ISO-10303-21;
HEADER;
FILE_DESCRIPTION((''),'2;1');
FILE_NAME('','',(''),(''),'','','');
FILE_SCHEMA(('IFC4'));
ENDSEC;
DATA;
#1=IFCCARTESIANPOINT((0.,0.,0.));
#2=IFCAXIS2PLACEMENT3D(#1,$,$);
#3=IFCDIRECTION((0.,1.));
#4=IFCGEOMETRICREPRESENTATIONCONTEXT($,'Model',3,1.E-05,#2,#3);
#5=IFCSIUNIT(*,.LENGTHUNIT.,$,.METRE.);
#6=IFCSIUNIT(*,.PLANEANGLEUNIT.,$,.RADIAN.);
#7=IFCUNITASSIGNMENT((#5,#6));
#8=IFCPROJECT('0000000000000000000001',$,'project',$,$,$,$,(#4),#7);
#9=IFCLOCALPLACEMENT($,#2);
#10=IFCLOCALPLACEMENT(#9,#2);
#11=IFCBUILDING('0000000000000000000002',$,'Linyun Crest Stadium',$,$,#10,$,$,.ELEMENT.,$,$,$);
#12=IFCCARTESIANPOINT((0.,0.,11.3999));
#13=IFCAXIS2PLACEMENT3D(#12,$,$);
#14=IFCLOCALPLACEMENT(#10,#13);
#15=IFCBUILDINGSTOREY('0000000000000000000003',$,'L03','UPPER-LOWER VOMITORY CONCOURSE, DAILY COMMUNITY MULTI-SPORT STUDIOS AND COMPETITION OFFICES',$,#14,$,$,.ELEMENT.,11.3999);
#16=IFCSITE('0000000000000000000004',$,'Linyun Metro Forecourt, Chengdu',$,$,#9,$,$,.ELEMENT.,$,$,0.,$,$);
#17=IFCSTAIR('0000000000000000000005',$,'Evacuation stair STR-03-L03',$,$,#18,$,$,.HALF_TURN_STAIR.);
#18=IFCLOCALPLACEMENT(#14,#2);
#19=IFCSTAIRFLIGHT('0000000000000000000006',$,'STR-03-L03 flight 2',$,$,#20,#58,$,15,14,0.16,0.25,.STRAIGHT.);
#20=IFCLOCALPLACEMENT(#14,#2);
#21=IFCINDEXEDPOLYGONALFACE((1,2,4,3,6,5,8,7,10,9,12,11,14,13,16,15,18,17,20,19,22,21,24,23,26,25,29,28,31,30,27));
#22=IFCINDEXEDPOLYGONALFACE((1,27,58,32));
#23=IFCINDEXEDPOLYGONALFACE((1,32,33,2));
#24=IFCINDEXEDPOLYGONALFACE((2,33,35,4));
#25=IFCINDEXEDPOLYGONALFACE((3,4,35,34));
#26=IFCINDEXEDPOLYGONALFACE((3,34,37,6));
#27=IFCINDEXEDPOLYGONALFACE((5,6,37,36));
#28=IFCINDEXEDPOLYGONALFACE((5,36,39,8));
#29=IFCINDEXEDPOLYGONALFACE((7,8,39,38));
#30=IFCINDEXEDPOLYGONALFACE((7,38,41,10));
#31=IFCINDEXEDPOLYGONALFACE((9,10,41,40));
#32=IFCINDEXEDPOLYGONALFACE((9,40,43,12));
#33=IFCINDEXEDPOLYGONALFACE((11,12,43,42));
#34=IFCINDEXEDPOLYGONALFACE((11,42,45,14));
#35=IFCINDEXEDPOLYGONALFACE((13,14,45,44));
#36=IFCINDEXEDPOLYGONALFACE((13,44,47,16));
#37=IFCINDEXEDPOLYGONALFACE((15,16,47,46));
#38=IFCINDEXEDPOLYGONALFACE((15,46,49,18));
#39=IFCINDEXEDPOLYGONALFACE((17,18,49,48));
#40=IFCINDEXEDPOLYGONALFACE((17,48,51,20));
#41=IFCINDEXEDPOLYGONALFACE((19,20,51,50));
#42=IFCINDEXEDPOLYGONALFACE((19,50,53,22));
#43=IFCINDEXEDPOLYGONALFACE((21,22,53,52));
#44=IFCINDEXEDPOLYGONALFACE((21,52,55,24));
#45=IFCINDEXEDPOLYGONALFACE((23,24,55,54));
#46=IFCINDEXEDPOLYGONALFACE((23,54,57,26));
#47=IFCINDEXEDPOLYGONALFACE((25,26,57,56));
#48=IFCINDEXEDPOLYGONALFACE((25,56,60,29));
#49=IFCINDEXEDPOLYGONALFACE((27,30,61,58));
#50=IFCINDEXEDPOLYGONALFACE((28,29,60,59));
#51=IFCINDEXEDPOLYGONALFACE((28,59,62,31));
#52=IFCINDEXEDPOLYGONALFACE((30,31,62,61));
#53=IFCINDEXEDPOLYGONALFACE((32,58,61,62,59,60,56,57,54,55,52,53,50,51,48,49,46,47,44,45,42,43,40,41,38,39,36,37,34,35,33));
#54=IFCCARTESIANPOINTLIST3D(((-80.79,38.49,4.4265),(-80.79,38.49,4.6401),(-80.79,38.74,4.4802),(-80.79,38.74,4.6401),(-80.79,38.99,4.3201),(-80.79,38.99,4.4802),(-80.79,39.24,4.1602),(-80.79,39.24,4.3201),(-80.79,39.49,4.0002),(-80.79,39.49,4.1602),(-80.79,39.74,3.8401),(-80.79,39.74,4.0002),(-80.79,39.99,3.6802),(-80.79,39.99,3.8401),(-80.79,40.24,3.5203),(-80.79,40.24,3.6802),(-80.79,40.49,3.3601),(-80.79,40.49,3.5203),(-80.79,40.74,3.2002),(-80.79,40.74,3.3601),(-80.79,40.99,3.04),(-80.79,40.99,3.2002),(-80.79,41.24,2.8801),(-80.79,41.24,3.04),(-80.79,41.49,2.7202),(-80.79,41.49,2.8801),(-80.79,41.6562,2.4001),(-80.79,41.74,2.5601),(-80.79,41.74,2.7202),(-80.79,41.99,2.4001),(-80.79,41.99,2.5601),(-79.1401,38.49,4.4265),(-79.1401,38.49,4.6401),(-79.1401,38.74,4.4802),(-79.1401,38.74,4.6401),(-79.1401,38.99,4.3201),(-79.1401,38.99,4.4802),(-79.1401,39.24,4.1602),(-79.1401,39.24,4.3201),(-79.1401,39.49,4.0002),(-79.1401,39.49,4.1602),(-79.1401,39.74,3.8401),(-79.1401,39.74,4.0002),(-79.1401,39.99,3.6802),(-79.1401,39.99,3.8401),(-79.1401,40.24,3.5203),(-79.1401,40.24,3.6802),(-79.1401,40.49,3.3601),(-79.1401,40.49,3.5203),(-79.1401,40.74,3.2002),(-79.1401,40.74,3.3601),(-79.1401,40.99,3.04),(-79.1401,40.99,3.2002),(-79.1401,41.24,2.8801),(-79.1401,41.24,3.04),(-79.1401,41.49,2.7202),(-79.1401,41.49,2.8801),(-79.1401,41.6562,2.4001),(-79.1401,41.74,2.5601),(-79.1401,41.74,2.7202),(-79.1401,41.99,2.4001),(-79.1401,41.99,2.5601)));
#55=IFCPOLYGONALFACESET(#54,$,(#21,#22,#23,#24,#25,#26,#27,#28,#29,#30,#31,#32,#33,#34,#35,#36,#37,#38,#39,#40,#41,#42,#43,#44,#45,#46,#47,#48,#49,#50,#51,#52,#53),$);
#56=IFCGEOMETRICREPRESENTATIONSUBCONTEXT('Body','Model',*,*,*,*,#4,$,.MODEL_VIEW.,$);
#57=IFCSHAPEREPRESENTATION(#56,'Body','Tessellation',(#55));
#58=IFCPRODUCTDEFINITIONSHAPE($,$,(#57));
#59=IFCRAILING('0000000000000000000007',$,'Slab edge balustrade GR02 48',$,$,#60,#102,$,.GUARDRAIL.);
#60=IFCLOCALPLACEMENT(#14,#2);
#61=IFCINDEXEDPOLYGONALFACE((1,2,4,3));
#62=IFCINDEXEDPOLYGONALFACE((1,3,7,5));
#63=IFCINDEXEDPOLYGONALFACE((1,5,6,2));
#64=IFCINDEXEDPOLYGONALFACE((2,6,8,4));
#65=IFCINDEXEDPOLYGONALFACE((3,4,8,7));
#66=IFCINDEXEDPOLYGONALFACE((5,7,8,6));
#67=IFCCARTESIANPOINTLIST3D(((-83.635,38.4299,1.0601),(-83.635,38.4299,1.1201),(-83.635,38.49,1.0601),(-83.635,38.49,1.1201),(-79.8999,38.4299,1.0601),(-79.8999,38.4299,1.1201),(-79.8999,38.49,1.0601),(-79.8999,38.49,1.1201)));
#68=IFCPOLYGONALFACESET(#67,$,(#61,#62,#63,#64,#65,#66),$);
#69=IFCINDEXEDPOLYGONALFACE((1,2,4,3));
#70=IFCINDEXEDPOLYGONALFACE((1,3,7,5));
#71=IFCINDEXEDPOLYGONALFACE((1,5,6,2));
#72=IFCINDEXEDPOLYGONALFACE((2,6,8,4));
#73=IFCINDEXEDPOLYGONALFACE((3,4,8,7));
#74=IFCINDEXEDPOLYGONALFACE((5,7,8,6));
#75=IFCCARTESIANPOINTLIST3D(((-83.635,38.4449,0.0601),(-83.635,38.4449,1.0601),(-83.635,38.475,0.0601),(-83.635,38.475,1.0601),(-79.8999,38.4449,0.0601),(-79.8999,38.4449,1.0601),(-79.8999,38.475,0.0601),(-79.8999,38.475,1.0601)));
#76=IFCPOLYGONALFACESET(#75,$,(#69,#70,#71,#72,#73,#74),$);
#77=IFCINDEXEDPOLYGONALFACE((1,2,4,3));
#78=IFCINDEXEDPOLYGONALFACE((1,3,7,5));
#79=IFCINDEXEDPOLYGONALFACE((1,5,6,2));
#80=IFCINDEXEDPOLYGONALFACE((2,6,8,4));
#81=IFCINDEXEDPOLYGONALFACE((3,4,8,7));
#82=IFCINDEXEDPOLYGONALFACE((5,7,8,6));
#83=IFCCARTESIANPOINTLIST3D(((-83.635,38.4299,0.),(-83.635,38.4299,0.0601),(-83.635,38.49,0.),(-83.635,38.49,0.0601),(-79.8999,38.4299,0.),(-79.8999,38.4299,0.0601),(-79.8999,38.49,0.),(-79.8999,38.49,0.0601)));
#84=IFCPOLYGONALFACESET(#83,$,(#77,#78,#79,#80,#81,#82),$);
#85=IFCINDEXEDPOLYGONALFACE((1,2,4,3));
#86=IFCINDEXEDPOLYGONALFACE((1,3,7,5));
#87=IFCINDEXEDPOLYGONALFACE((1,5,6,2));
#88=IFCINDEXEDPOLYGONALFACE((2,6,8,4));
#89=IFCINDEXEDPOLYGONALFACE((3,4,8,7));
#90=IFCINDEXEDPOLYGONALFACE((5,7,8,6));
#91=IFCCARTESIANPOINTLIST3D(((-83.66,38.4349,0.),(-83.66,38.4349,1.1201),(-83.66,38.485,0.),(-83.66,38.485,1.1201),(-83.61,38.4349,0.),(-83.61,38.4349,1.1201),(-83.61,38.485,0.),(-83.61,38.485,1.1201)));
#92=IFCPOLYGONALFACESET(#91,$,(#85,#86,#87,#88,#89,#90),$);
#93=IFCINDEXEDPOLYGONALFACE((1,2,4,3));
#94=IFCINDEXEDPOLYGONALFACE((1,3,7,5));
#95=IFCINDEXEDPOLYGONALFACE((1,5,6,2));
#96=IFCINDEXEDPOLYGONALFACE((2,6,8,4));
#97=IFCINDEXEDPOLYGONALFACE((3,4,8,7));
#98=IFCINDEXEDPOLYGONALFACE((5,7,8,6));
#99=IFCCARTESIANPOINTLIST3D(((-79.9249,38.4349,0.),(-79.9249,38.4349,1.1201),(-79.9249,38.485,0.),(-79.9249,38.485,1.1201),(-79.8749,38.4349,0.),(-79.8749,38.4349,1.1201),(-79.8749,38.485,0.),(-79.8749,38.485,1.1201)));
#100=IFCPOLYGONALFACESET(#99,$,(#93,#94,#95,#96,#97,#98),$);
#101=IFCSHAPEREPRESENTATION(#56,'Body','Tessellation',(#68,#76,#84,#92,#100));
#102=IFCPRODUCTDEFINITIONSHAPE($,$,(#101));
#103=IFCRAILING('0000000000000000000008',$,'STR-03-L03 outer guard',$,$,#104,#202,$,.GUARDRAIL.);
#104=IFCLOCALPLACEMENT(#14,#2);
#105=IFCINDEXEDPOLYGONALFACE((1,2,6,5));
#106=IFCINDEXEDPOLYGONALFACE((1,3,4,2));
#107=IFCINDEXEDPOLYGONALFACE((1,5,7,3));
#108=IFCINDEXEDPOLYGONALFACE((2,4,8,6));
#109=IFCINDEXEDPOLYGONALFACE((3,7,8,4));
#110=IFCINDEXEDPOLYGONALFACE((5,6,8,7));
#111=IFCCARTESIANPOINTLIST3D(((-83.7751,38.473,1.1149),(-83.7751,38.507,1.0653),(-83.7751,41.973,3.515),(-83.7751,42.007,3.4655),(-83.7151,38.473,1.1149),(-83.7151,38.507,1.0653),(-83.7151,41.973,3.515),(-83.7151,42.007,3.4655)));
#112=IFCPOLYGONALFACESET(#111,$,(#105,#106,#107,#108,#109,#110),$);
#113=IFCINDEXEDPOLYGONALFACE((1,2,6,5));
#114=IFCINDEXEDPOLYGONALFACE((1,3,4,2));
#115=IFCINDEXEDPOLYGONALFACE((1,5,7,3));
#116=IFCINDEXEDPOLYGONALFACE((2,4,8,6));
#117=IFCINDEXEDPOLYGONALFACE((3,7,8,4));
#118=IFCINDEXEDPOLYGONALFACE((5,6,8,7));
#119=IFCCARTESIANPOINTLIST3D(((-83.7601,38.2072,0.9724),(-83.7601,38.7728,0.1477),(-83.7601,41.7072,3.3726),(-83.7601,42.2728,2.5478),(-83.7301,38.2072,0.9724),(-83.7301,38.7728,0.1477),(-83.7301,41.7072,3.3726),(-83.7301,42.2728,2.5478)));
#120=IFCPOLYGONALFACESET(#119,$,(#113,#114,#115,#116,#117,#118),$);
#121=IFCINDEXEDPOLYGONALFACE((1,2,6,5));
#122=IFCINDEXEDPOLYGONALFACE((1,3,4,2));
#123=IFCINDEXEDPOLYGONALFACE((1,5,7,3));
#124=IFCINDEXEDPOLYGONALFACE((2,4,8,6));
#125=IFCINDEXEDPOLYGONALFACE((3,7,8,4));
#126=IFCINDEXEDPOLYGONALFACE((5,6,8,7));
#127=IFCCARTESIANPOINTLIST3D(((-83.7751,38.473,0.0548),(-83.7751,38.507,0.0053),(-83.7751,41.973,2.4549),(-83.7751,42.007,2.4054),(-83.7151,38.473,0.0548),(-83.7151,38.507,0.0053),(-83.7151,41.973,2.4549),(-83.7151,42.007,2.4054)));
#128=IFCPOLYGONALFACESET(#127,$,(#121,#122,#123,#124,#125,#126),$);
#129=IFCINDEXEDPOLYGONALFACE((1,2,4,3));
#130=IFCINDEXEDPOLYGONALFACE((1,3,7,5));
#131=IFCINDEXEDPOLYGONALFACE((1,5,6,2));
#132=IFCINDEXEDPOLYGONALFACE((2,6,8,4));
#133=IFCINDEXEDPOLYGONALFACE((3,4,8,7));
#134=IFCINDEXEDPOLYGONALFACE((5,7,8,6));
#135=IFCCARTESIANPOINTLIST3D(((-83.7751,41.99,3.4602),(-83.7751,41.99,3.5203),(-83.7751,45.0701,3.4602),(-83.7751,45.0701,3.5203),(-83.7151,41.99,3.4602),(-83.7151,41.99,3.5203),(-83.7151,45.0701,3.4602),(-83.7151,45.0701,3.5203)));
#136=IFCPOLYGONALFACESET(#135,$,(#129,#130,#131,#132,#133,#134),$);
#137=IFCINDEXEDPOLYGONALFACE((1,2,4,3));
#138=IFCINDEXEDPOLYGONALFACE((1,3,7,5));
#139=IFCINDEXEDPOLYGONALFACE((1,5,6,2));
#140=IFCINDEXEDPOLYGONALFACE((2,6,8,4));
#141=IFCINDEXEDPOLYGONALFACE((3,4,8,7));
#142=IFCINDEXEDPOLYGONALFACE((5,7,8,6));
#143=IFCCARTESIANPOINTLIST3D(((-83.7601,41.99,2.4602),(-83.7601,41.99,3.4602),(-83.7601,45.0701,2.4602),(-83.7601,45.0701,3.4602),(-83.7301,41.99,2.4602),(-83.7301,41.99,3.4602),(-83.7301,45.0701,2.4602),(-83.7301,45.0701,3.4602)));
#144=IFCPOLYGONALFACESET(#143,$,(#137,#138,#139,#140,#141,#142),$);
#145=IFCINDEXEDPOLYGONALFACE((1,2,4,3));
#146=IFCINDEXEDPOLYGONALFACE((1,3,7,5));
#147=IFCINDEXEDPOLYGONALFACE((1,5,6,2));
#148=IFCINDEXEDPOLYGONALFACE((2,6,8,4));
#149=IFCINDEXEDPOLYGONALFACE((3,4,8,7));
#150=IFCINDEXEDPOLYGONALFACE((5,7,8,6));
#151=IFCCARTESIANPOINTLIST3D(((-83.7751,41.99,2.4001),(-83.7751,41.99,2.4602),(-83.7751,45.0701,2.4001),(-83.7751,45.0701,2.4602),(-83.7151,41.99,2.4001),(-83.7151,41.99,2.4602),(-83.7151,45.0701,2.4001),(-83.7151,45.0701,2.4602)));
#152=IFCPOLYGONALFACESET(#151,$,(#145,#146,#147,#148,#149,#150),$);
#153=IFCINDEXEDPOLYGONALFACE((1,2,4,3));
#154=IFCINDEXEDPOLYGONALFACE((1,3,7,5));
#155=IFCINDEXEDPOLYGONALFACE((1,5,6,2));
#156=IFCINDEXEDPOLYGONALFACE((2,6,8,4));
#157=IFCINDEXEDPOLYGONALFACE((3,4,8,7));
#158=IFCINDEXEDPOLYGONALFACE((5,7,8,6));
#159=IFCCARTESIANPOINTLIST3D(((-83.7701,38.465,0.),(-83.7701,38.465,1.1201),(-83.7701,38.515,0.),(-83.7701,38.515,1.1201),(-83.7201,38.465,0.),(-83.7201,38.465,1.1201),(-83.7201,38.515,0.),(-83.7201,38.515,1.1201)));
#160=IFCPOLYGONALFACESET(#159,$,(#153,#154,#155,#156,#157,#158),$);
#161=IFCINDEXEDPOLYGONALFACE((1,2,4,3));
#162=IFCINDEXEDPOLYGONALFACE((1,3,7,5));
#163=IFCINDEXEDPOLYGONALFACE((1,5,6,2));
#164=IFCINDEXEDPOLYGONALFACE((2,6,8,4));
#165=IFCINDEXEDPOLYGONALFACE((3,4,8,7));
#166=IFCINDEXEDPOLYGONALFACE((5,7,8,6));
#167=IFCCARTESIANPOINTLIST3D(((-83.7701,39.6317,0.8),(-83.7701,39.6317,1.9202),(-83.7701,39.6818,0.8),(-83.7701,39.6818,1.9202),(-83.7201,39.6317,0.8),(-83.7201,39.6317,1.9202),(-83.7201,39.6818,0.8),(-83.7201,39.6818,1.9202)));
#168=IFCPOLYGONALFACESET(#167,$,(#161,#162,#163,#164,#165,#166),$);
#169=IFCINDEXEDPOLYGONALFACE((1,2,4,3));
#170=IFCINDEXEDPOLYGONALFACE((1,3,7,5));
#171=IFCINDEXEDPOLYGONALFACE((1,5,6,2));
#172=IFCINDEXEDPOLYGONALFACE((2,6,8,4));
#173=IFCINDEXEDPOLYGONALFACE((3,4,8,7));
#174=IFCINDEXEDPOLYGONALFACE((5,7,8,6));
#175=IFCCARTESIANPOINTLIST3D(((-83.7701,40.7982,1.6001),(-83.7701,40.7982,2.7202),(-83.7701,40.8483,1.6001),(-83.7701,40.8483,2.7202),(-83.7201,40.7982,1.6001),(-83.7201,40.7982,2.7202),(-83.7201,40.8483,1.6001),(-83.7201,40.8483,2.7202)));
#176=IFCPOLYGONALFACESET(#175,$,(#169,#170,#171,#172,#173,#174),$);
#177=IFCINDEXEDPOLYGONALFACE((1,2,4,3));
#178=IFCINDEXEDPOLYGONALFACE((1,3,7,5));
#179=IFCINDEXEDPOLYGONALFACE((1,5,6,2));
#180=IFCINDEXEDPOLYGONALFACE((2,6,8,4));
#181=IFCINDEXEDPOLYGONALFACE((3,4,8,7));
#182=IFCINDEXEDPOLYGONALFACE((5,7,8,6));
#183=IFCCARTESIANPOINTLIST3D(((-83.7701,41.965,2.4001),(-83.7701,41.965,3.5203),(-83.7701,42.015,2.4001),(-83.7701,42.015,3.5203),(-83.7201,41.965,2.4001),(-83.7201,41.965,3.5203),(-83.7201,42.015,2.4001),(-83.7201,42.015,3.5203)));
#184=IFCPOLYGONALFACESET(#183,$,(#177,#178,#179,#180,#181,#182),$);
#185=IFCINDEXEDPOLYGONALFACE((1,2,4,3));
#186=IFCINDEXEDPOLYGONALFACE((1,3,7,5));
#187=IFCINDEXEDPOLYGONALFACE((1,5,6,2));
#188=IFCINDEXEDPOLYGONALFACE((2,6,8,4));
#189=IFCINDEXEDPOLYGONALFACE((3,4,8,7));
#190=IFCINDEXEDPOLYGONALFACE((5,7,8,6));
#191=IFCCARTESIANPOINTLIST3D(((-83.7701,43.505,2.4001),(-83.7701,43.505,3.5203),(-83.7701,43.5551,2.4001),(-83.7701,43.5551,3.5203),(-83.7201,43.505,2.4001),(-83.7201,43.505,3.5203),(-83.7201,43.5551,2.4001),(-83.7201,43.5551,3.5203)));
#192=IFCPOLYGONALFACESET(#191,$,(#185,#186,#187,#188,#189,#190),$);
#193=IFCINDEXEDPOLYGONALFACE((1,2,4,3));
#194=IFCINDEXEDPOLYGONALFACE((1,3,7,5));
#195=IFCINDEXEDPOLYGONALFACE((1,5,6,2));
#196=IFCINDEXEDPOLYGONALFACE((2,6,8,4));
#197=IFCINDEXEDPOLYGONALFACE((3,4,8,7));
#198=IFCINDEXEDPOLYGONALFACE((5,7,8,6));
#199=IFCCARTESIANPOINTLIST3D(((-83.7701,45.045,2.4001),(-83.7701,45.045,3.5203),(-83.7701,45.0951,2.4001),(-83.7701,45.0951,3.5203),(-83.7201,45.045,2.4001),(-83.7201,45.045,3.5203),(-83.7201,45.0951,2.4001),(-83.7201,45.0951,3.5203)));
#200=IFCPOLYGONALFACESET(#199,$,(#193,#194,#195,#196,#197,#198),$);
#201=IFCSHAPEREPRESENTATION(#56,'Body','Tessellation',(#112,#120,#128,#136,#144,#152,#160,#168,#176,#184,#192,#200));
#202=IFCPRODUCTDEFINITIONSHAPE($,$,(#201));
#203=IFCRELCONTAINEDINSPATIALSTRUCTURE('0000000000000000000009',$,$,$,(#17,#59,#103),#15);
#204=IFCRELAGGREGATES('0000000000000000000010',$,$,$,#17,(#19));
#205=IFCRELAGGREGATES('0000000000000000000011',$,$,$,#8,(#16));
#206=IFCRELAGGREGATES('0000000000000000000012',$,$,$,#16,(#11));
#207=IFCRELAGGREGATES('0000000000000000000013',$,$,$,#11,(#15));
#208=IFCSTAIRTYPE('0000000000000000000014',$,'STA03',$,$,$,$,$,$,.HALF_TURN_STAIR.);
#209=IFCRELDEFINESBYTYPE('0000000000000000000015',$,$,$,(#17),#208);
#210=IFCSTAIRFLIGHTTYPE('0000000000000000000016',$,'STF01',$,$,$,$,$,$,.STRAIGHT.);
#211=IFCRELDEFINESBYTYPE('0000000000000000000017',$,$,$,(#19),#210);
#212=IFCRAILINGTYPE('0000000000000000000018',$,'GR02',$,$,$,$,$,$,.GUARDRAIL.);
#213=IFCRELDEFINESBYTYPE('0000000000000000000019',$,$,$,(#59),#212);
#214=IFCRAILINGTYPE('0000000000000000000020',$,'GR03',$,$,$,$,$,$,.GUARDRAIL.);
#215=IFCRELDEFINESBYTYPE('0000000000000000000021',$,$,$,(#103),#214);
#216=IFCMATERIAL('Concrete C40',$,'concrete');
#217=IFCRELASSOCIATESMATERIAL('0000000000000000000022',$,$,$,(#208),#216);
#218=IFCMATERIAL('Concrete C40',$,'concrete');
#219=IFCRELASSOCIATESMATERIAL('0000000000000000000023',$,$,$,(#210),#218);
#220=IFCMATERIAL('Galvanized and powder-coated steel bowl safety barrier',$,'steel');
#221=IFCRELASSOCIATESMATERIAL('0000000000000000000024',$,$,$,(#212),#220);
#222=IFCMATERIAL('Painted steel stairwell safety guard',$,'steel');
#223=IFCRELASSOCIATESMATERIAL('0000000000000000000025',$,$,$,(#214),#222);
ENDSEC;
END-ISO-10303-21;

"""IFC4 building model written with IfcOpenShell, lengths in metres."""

from ifc_helpers import new_model, si_unit, direction, frame, origin, origin_2d, place, context, subcontext, project, spatial, polyline, rectangle, outline, extrude, material, type_object, element, aggregate, save


model = new_model("IFC4")

# Units and contexts
model_context = context("Model", 3, precision=1e-05, world=origin(), true_north=direction((0.0, 1.0)))
body_context = subcontext(model_context, "Body", "Model", "MODEL_VIEW")
ifc_project = project(units=[si_unit("LENGTHUNIT", "METRE"), si_unit("PLANEANGLEUNIT", "RADIAN")], contexts=[model_context])

# Site, building, storey
site_placement = place(None, origin())
site = spatial("IfcSite", under=ifc_project, at=site_placement, Name="Linyun Metro Forecourt, Chengdu", CompositionType="ELEMENT", RefElevation=0.0)
building_placement = place(site_placement, origin())
building = spatial("IfcBuilding", under=site, at=building_placement, Name="Linyun Crest Stadium", CompositionType="ELEMENT")
storey_placement = place(building_placement, frame((0.0, 0.0, 11.3999)))
storey = spatial("IfcBuildingStorey", under=building, at=storey_placement, Name="L03", Description="UPPER-LOWER VOMITORY CONCOURSE, DAILY COMMUNITY MULTI-SPORT STUDIOS AND COMPETITION OFFICES", CompositionType="ELEMENT", Elevation=11.3999)

# Stair, stair flight
ifc_material_1 = material(Name="Concrete C40", Category="concrete")
stair_type = type_object("IfcStairType", Name="STA03", PredefinedType="HALF_TURN_STAIR", material=ifc_material_1)
stair_placement = place(storey_placement, origin())
stair = element("IfcStair", 1, at=stair_placement, inside=storey, type_object=stair_type, Name="Evacuation stair STR-03-L03", PredefinedType="HALF_TURN_STAIR")
ifc_material_2 = material(Name="Concrete C40", Category="concrete")
stair_flight_type = type_object("IfcStairFlightType", Name="STF01", PredefinedType="STRAIGHT", material=ifc_material_2)
stair_flight_1_placement = place(storey_placement, frame((-79.9651, 41.99, 2.4001), z_axis=(0.0, 0.0, 1.0), x_axis=(0.0, -1.0, 0.0)))
stair_flight_1 = element("IfcStairFlight", 2, at=stair_flight_1_placement, type_object=stair_flight_type, Name="STR-03-L03 flight 2", NumberOfRisers=15, NumberOfTreads=14, PredefinedType="STRAIGHT", RiserHeight=0.16, TreadLength=0.25, context=body_context, shape_type="SweptSolid", body=[
    extrude(outline(polyline([(0.0, 0.0), (0.0, 0.1599), (0.25, 0.1599), (0.25, 0.3201), (0.5, 0.3201), (0.5, 0.48), (0.75, 0.48), (0.75, 0.6399), (1.0, 0.6399), (1.0, 0.8), (1.25, 0.8), (1.25, 0.96), (1.5, 0.96), (1.5, 1.1201), (1.75, 1.1201), (1.75, 1.28), (2.0, 1.28), (2.0, 1.4399), (2.25, 1.4399), (2.25, 1.6001), (2.5, 1.6001), (2.5, 1.76), (2.75, 1.76), (2.75, 1.9199), (3.0, 1.9199), (3.0, 2.0801), (3.25, 2.0801), (3.25, 2.24), (3.5, 2.24), (3.5, 2.3999), (3.5, 2.0264), (0.3337, 0.0), (0.0, 0.0)])), frame((0.0, 0.825, 0.0), z_axis=(0.0, -1.0, 0.0), x_axis=(1.0, 0.0, 0.0)), (0.0, 0.0, 1.0), 1.6499),
])
aggregate(stair, [stair_flight_1])

# Railings
ifc_material_3 = material(Name="Galvanized and powder-coated steel bowl safety barrier", Category="steel")
railing_type_1 = type_object("IfcRailingType", Name="GR02", PredefinedType="GUARDRAIL", material=ifc_material_3)
railing_1_placement = place(storey_placement, frame((-83.635, 38.46, 0.0)))
element("IfcRailing", 3, at=railing_1_placement, inside=storey, type_object=railing_type_1, Name="Slab edge balustrade GR02 48", PredefinedType="GUARDRAIL", context=body_context, shape_type="SweptSolid", body=[
    extrude(rectangle(XDim=0.0601, YDim=0.0601, at=origin_2d()), frame((0.0, 0.0, 1.0901), z_axis=(1.0, 0.0, 0.0), x_axis=(0.0, 1.0, 0.0)), (0.0, 0.0, 1.0), 3.7351),
    extrude(rectangle(XDim=0.03, YDim=1.0, at=origin_2d()), frame((0.0, 0.0, 0.5601), z_axis=(1.0, 0.0, 0.0), x_axis=(0.0, 1.0, 0.0)), (0.0, 0.0, 1.0), 3.7351),
    extrude(rectangle(XDim=0.0601, YDim=0.0601, at=origin_2d()), frame((0.0, 0.0, 0.03), z_axis=(1.0, 0.0, 0.0), x_axis=(0.0, 1.0, 0.0)), (0.0, 0.0, 1.0), 3.7351),
    extrude(rectangle(XDim=0.05, YDim=0.05, at=origin_2d()), origin(), (0.0, 0.0, 1.0), 1.1201),
    extrude(rectangle(XDim=0.05, YDim=0.05, at=origin_2d()), frame((3.7351, 0.0, 0.0)), (0.0, 0.0, 1.0), 1.1201),
])
ifc_material_4 = material(Name="Painted steel stairwell safety guard", Category="steel")
railing_type_2 = type_object("IfcRailingType", Name="GR03", PredefinedType="GUARDRAIL", material=ifc_material_4)
railing_2_placement = place(storey_placement, frame((-83.7451, 38.49, 0.0)))
element("IfcRailing", 4, at=railing_2_placement, inside=storey, type_object=railing_type_2, Name="STR-03-L03 outer guard", PredefinedType="GUARDRAIL", context=body_context, shape_type="SweptSolid", body=[
    extrude(rectangle(XDim=0.0601, YDim=0.0601, at=origin_2d()), frame((0.0, 0.0, 1.0901), z_axis=(0.0, 0.824713, 0.565552), x_axis=(-1.0, 0.0, 0.0)), (0.0, 0.0, 1.0), 4.2439),
    extrude(rectangle(XDim=0.03, YDim=1.0, at=origin_2d()), frame((0.0, 0.0, 0.5601), z_axis=(0.0, 0.824713, 0.565552), x_axis=(-1.0, 0.0, 0.0)), (0.0, 0.0, 1.0), 4.2439),
    extrude(rectangle(XDim=0.0601, YDim=0.0601, at=origin_2d()), frame((0.0, 0.0, 0.03), z_axis=(0.0, 0.824713, 0.565552), x_axis=(-1.0, 0.0, 0.0)), (0.0, 0.0, 1.0), 4.2439),
    extrude(rectangle(XDim=0.0601, YDim=0.0601, at=origin_2d()), frame((0.0, 3.5, 3.4902), z_axis=(0.0, 1.0, 0.0), x_axis=(-1.0, 0.0, 0.0)), (0.0, 0.0, 1.0), 3.0801),
    extrude(rectangle(XDim=0.03, YDim=1.0, at=origin_2d()), frame((0.0, 3.5, 2.9602), z_axis=(0.0, 1.0, 0.0), x_axis=(-1.0, 0.0, 0.0)), (0.0, 0.0, 1.0), 3.0801),
    extrude(rectangle(XDim=0.0601, YDim=0.0601, at=origin_2d()), frame((0.0, 3.5, 2.4302), z_axis=(0.0, 1.0, 0.0), x_axis=(-1.0, 0.0, 0.0)), (0.0, 0.0, 1.0), 3.0801),
    extrude(rectangle(XDim=0.05, YDim=0.05, at=origin_2d()), origin(), (0.0, 0.0, 1.0), 1.1201),
    extrude(rectangle(XDim=0.05, YDim=0.05, at=origin_2d()), frame((0.0, 1.1667, 0.8)), (0.0, 0.0, 1.0), 1.1201),
    extrude(rectangle(XDim=0.05, YDim=0.05, at=origin_2d()), frame((0.0, 2.3333, 1.6001)), (0.0, 0.0, 1.0), 1.1201),
    extrude(rectangle(XDim=0.05, YDim=0.05, at=origin_2d()), frame((0.0, 3.5, 2.4001)), (0.0, 0.0, 1.0), 1.1201),
    extrude(rectangle(XDim=0.05, YDim=0.05, at=origin_2d()), frame((0.0, 5.04, 2.4001)), (0.0, 0.0, 1.0), 1.1201),
    extrude(rectangle(XDim=0.05, YDim=0.05, at=origin_2d()), frame((0.0, 6.5801, 2.4001)), (0.0, 0.0, 1.0), 1.1201),
])

save(model, "model.ifc")
